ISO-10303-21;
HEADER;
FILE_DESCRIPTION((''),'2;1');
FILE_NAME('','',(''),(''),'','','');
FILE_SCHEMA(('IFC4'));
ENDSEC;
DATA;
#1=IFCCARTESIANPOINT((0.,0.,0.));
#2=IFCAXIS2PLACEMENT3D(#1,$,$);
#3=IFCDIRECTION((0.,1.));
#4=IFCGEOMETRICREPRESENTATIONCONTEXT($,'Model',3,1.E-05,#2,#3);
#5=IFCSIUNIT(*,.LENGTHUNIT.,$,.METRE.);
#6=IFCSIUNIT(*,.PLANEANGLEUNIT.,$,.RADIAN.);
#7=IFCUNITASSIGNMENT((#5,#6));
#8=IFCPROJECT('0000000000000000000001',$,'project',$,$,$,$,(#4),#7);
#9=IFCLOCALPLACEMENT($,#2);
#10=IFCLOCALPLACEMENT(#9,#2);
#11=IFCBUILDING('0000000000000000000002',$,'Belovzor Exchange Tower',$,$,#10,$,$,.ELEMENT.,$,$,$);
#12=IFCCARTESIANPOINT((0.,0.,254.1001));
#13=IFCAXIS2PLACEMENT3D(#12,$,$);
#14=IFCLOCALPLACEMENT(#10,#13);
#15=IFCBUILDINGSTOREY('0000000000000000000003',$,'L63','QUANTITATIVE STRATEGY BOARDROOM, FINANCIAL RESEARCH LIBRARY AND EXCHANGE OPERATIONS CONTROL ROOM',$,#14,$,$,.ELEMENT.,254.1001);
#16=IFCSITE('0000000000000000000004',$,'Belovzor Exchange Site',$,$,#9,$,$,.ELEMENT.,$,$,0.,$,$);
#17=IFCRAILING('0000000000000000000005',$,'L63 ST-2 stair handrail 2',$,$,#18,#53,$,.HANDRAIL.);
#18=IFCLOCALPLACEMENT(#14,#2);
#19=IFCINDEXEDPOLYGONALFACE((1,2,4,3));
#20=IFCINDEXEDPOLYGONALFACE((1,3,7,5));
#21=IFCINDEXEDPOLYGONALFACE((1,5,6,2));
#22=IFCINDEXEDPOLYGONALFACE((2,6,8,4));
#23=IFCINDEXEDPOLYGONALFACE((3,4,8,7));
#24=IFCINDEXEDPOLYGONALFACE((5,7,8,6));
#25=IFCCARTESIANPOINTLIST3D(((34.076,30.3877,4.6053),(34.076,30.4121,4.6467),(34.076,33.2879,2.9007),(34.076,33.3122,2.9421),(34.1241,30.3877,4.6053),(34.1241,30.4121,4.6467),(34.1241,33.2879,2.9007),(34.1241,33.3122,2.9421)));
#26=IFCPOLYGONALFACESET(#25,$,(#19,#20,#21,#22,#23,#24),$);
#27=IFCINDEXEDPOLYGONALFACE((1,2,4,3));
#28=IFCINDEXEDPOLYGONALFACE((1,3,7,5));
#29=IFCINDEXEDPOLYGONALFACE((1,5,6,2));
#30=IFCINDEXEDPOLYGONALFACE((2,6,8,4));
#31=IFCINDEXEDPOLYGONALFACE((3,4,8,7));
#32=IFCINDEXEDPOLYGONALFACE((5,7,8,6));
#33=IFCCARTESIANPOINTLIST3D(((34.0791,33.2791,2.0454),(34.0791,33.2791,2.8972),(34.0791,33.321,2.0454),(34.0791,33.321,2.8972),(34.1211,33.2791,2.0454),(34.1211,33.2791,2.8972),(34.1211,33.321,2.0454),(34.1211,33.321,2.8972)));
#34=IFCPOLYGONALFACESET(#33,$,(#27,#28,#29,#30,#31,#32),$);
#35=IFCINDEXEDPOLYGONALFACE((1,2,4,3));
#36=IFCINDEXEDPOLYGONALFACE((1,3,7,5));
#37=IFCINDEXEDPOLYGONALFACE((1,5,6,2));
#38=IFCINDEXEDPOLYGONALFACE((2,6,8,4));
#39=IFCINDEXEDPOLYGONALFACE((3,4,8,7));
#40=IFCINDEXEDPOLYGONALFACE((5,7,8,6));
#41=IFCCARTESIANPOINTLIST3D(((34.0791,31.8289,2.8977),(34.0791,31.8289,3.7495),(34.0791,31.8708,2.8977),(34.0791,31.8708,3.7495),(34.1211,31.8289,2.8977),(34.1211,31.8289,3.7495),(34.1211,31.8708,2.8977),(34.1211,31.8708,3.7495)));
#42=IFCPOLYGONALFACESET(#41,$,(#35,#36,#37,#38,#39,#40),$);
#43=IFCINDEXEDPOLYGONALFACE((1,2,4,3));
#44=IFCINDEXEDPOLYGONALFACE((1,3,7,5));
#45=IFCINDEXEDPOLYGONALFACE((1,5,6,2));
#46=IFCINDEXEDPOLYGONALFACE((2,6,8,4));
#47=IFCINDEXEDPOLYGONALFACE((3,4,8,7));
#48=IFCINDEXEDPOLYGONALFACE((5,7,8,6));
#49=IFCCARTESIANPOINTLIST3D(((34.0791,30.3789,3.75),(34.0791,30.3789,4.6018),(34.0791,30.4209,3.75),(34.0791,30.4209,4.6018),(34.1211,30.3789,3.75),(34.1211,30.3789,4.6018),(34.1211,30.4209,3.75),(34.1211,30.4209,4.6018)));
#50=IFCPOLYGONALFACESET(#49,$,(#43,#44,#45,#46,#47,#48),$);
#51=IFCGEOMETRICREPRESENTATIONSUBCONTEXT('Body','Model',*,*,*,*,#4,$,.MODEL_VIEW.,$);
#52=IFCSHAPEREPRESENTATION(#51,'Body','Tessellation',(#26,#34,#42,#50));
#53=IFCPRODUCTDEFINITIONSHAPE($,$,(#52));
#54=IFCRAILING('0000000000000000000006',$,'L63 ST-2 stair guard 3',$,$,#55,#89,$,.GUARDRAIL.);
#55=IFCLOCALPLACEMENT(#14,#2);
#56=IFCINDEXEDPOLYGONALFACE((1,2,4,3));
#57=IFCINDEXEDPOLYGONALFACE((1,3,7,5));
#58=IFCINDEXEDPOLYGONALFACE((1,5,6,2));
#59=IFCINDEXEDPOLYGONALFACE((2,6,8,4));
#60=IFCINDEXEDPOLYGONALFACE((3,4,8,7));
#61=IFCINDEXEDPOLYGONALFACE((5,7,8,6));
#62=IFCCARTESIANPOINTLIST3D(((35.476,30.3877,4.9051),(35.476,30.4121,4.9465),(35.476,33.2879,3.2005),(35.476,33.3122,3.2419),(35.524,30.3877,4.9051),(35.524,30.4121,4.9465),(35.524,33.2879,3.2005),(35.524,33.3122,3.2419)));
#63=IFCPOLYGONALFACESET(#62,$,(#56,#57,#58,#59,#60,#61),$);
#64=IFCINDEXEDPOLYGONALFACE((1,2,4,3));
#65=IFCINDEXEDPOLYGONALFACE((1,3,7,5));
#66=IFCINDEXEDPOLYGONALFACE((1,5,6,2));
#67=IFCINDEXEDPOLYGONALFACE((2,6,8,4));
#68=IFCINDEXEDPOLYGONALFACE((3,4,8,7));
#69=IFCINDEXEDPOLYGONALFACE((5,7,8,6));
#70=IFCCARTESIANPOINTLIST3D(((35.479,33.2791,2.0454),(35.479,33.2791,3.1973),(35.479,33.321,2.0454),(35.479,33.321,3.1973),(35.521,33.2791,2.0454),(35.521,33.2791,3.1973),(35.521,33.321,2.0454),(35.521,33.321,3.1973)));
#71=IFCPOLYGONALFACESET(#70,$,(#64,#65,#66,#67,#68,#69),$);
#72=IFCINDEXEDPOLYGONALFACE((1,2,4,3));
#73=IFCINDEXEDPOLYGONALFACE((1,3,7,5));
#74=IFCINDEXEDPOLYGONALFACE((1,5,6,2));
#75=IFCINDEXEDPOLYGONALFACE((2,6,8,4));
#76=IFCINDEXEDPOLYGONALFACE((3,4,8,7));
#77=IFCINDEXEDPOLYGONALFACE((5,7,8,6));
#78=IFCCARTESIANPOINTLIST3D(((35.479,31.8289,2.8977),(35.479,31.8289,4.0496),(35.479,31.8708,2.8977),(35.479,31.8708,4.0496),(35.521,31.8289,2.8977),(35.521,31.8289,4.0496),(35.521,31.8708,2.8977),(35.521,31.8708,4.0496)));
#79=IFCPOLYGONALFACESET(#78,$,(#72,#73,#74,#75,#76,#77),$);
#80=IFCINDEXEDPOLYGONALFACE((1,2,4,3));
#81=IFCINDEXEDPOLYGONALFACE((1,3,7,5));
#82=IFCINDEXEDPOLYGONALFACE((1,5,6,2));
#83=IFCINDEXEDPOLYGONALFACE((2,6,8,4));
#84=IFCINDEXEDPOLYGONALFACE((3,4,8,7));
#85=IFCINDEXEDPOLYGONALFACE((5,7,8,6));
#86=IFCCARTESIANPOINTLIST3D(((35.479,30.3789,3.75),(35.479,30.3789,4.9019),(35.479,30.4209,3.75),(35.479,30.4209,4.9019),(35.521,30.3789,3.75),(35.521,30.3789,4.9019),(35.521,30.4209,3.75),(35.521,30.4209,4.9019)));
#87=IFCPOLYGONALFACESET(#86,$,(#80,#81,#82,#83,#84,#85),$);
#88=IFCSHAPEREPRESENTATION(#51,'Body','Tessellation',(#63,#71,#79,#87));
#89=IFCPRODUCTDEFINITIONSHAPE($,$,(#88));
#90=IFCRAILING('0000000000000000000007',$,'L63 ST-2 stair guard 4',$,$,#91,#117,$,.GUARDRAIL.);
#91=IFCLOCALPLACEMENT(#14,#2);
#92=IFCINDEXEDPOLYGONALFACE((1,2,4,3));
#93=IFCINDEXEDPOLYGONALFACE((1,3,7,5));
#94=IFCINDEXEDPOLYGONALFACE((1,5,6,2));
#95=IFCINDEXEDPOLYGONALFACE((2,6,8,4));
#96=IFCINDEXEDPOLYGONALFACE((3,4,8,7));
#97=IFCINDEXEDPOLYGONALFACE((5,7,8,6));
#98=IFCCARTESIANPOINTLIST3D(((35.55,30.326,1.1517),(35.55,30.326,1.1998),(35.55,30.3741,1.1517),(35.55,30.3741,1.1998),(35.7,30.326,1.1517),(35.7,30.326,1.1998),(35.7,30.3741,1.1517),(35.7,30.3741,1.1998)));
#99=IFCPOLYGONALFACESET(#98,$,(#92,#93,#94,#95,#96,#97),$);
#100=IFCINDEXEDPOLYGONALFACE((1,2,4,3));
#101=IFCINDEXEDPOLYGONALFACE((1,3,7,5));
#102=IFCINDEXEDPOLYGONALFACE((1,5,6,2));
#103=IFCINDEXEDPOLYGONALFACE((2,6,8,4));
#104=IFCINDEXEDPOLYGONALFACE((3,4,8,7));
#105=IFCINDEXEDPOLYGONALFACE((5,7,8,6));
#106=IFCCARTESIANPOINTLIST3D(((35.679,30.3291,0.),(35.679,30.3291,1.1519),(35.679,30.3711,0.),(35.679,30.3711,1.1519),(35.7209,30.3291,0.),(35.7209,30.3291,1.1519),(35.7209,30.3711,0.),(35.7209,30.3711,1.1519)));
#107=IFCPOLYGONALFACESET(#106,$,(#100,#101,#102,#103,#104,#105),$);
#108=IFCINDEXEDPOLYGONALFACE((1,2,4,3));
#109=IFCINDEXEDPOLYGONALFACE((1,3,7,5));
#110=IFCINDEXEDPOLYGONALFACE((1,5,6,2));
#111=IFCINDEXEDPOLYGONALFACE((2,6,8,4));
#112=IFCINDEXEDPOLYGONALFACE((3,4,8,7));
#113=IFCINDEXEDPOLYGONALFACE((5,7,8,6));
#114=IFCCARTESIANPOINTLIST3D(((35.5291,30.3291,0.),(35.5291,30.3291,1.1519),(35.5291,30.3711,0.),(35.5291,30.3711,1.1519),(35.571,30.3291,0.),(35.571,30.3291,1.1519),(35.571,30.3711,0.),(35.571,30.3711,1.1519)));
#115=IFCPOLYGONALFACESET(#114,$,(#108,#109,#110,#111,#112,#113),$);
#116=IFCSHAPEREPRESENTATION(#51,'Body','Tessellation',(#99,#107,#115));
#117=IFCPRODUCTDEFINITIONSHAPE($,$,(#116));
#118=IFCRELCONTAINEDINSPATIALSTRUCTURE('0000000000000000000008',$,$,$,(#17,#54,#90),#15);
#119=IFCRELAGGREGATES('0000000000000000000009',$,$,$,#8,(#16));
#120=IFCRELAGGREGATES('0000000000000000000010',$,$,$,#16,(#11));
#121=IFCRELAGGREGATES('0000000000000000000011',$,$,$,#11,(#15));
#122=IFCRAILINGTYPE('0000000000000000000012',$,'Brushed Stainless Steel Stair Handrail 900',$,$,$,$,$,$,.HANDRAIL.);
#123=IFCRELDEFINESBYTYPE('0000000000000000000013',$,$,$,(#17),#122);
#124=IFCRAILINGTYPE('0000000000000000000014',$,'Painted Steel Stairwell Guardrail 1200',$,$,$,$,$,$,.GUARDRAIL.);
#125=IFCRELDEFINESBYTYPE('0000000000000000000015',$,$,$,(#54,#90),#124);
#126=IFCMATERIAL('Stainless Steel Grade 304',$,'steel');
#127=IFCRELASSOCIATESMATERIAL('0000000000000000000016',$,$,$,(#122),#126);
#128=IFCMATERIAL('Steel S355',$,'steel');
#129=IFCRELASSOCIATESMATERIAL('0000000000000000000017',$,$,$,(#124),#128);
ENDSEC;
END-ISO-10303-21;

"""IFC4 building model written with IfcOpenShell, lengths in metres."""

from ifc_helpers import new_model, si_unit, direction, frame, origin, origin_2d, place, context, subcontext, project, spatial, rectangle, extrude, material, type_object, element, save


model = new_model("IFC4")

# Units and contexts
model_context = context("Model", 3, precision=1e-05, world=origin(), true_north=direction((0.0, 1.0)))
body_context = subcontext(model_context, "Body", "Model", "MODEL_VIEW")
ifc_project = project(units=[si_unit("LENGTHUNIT", "METRE"), si_unit("PLANEANGLEUNIT", "RADIAN")], contexts=[model_context])

# Site, building, storey
site_placement = place(None, origin())
site = spatial("IfcSite", under=ifc_project, at=site_placement, Name="Belovzor Exchange Site", CompositionType="ELEMENT", RefElevation=0.0)
building_placement = place(site_placement, origin())
building = spatial("IfcBuilding", under=site, at=building_placement, Name="Belovzor Exchange Tower", CompositionType="ELEMENT")
storey_placement = place(building_placement, frame((0.0, 0.0, 254.1001)))
storey = spatial("IfcBuildingStorey", under=building, at=storey_placement, Name="L63", Description="QUANTITATIVE STRATEGY BOARDROOM, FINANCIAL RESEARCH LIBRARY AND EXCHANGE OPERATIONS CONTROL ROOM", CompositionType="ELEMENT", Elevation=254.1001)

# Railings
ifc_material_1 = material(Name="Stainless Steel Grade 304", Category="steel")
railing_type_1 = type_object("IfcRailingType", Name="Brushed Stainless Steel Stair Handrail 900", PredefinedType="HANDRAIL", material=ifc_material_1)
railing_1_placement = place(storey_placement, frame((34.1001, 33.3, 2.0454)))
element("IfcRailing", 1, at=railing_1_placement, inside=storey, type_object=railing_type_1, Name="L63 ST-2 stair handrail 2", PredefinedType="HANDRAIL", context=body_context, shape_type="SweptSolid", body=[
    extrude(rectangle(XDim=0.0481, YDim=0.0481, at=origin_2d()), frame((0.0, 0.0, 0.876), z_axis=(0.0, -0.862113, 0.506716), x_axis=(1.0, 0.0, 0.0)), (0.0, 0.0, 1.0), 3.364),
    extrude(rectangle(XDim=0.042, YDim=0.042, at=origin_2d()), origin(), (0.0, 0.0, 1.0), 0.8518),
    extrude(rectangle(XDim=0.042, YDim=0.042, at=origin_2d()), frame((0.0, -1.4502, 0.8523)), (0.0, 0.0, 1.0), 0.8518),
    extrude(rectangle(XDim=0.042, YDim=0.042, at=origin_2d()), frame((0.0, -2.9001, 1.7046)), (0.0, 0.0, 1.0), 0.8518),
])
ifc_material_2 = material(Name="Steel S355", Category="steel")
railing_type_2 = type_object("IfcRailingType", Name="Painted Steel Stairwell Guardrail 1200", PredefinedType="GUARDRAIL", material=ifc_material_2)
railing_2_placement = place(storey_placement, frame((35.5, 33.3, 2.0454)))
element("IfcRailing", 2, at=railing_2_placement, inside=storey, type_object=railing_type_2, Name="L63 ST-2 stair guard 3", PredefinedType="GUARDRAIL", context=body_context, shape_type="SweptSolid", body=[
    extrude(rectangle(XDim=0.0481, YDim=0.0481, at=origin_2d()), frame((0.0, 0.0, 1.1758), z_axis=(0.0, -0.862113, 0.506716), x_axis=(1.0, 0.0, 0.0)), (0.0, 0.0, 1.0), 3.364),
    extrude(rectangle(XDim=0.042, YDim=0.042, at=origin_2d()), origin(), (0.0, 0.0, 1.0), 1.1519),
    extrude(rectangle(XDim=0.042, YDim=0.042, at=origin_2d()), frame((0.0, -1.4502, 0.8523)), (0.0, 0.0, 1.0), 1.1519),
    extrude(rectangle(XDim=0.042, YDim=0.042, at=origin_2d()), frame((0.0, -2.9001, 1.7046)), (0.0, 0.0, 1.0), 1.1519),
])
railing_3_placement = place(storey_placement, frame((35.7, 30.3501, 0.0)))
element("IfcRailing", 3, at=railing_3_placement, inside=storey, type_object=railing_type_2, Name="L63 ST-2 stair guard 4", PredefinedType="GUARDRAIL", context=body_context, shape_type="SweptSolid", body=[
    extrude(rectangle(XDim=0.0481, YDim=0.0481, at=origin_2d()), frame((0.0, 0.0, 1.1758), z_axis=(-1.0, 0.0, 0.0), x_axis=(0.0, -1.0, 0.0)), (0.0, 0.0, 1.0), 0.1499),
    extrude(rectangle(XDim=0.042, YDim=0.042, at=origin_2d()), origin(), (0.0, 0.0, 1.0), 1.1519),
    extrude(rectangle(XDim=0.042, YDim=0.042, at=origin_2d()), frame((-0.1499, 0.0, 0.0)), (0.0, 0.0, 1.0), 1.1519),
])

save(model, "model.ifc")
